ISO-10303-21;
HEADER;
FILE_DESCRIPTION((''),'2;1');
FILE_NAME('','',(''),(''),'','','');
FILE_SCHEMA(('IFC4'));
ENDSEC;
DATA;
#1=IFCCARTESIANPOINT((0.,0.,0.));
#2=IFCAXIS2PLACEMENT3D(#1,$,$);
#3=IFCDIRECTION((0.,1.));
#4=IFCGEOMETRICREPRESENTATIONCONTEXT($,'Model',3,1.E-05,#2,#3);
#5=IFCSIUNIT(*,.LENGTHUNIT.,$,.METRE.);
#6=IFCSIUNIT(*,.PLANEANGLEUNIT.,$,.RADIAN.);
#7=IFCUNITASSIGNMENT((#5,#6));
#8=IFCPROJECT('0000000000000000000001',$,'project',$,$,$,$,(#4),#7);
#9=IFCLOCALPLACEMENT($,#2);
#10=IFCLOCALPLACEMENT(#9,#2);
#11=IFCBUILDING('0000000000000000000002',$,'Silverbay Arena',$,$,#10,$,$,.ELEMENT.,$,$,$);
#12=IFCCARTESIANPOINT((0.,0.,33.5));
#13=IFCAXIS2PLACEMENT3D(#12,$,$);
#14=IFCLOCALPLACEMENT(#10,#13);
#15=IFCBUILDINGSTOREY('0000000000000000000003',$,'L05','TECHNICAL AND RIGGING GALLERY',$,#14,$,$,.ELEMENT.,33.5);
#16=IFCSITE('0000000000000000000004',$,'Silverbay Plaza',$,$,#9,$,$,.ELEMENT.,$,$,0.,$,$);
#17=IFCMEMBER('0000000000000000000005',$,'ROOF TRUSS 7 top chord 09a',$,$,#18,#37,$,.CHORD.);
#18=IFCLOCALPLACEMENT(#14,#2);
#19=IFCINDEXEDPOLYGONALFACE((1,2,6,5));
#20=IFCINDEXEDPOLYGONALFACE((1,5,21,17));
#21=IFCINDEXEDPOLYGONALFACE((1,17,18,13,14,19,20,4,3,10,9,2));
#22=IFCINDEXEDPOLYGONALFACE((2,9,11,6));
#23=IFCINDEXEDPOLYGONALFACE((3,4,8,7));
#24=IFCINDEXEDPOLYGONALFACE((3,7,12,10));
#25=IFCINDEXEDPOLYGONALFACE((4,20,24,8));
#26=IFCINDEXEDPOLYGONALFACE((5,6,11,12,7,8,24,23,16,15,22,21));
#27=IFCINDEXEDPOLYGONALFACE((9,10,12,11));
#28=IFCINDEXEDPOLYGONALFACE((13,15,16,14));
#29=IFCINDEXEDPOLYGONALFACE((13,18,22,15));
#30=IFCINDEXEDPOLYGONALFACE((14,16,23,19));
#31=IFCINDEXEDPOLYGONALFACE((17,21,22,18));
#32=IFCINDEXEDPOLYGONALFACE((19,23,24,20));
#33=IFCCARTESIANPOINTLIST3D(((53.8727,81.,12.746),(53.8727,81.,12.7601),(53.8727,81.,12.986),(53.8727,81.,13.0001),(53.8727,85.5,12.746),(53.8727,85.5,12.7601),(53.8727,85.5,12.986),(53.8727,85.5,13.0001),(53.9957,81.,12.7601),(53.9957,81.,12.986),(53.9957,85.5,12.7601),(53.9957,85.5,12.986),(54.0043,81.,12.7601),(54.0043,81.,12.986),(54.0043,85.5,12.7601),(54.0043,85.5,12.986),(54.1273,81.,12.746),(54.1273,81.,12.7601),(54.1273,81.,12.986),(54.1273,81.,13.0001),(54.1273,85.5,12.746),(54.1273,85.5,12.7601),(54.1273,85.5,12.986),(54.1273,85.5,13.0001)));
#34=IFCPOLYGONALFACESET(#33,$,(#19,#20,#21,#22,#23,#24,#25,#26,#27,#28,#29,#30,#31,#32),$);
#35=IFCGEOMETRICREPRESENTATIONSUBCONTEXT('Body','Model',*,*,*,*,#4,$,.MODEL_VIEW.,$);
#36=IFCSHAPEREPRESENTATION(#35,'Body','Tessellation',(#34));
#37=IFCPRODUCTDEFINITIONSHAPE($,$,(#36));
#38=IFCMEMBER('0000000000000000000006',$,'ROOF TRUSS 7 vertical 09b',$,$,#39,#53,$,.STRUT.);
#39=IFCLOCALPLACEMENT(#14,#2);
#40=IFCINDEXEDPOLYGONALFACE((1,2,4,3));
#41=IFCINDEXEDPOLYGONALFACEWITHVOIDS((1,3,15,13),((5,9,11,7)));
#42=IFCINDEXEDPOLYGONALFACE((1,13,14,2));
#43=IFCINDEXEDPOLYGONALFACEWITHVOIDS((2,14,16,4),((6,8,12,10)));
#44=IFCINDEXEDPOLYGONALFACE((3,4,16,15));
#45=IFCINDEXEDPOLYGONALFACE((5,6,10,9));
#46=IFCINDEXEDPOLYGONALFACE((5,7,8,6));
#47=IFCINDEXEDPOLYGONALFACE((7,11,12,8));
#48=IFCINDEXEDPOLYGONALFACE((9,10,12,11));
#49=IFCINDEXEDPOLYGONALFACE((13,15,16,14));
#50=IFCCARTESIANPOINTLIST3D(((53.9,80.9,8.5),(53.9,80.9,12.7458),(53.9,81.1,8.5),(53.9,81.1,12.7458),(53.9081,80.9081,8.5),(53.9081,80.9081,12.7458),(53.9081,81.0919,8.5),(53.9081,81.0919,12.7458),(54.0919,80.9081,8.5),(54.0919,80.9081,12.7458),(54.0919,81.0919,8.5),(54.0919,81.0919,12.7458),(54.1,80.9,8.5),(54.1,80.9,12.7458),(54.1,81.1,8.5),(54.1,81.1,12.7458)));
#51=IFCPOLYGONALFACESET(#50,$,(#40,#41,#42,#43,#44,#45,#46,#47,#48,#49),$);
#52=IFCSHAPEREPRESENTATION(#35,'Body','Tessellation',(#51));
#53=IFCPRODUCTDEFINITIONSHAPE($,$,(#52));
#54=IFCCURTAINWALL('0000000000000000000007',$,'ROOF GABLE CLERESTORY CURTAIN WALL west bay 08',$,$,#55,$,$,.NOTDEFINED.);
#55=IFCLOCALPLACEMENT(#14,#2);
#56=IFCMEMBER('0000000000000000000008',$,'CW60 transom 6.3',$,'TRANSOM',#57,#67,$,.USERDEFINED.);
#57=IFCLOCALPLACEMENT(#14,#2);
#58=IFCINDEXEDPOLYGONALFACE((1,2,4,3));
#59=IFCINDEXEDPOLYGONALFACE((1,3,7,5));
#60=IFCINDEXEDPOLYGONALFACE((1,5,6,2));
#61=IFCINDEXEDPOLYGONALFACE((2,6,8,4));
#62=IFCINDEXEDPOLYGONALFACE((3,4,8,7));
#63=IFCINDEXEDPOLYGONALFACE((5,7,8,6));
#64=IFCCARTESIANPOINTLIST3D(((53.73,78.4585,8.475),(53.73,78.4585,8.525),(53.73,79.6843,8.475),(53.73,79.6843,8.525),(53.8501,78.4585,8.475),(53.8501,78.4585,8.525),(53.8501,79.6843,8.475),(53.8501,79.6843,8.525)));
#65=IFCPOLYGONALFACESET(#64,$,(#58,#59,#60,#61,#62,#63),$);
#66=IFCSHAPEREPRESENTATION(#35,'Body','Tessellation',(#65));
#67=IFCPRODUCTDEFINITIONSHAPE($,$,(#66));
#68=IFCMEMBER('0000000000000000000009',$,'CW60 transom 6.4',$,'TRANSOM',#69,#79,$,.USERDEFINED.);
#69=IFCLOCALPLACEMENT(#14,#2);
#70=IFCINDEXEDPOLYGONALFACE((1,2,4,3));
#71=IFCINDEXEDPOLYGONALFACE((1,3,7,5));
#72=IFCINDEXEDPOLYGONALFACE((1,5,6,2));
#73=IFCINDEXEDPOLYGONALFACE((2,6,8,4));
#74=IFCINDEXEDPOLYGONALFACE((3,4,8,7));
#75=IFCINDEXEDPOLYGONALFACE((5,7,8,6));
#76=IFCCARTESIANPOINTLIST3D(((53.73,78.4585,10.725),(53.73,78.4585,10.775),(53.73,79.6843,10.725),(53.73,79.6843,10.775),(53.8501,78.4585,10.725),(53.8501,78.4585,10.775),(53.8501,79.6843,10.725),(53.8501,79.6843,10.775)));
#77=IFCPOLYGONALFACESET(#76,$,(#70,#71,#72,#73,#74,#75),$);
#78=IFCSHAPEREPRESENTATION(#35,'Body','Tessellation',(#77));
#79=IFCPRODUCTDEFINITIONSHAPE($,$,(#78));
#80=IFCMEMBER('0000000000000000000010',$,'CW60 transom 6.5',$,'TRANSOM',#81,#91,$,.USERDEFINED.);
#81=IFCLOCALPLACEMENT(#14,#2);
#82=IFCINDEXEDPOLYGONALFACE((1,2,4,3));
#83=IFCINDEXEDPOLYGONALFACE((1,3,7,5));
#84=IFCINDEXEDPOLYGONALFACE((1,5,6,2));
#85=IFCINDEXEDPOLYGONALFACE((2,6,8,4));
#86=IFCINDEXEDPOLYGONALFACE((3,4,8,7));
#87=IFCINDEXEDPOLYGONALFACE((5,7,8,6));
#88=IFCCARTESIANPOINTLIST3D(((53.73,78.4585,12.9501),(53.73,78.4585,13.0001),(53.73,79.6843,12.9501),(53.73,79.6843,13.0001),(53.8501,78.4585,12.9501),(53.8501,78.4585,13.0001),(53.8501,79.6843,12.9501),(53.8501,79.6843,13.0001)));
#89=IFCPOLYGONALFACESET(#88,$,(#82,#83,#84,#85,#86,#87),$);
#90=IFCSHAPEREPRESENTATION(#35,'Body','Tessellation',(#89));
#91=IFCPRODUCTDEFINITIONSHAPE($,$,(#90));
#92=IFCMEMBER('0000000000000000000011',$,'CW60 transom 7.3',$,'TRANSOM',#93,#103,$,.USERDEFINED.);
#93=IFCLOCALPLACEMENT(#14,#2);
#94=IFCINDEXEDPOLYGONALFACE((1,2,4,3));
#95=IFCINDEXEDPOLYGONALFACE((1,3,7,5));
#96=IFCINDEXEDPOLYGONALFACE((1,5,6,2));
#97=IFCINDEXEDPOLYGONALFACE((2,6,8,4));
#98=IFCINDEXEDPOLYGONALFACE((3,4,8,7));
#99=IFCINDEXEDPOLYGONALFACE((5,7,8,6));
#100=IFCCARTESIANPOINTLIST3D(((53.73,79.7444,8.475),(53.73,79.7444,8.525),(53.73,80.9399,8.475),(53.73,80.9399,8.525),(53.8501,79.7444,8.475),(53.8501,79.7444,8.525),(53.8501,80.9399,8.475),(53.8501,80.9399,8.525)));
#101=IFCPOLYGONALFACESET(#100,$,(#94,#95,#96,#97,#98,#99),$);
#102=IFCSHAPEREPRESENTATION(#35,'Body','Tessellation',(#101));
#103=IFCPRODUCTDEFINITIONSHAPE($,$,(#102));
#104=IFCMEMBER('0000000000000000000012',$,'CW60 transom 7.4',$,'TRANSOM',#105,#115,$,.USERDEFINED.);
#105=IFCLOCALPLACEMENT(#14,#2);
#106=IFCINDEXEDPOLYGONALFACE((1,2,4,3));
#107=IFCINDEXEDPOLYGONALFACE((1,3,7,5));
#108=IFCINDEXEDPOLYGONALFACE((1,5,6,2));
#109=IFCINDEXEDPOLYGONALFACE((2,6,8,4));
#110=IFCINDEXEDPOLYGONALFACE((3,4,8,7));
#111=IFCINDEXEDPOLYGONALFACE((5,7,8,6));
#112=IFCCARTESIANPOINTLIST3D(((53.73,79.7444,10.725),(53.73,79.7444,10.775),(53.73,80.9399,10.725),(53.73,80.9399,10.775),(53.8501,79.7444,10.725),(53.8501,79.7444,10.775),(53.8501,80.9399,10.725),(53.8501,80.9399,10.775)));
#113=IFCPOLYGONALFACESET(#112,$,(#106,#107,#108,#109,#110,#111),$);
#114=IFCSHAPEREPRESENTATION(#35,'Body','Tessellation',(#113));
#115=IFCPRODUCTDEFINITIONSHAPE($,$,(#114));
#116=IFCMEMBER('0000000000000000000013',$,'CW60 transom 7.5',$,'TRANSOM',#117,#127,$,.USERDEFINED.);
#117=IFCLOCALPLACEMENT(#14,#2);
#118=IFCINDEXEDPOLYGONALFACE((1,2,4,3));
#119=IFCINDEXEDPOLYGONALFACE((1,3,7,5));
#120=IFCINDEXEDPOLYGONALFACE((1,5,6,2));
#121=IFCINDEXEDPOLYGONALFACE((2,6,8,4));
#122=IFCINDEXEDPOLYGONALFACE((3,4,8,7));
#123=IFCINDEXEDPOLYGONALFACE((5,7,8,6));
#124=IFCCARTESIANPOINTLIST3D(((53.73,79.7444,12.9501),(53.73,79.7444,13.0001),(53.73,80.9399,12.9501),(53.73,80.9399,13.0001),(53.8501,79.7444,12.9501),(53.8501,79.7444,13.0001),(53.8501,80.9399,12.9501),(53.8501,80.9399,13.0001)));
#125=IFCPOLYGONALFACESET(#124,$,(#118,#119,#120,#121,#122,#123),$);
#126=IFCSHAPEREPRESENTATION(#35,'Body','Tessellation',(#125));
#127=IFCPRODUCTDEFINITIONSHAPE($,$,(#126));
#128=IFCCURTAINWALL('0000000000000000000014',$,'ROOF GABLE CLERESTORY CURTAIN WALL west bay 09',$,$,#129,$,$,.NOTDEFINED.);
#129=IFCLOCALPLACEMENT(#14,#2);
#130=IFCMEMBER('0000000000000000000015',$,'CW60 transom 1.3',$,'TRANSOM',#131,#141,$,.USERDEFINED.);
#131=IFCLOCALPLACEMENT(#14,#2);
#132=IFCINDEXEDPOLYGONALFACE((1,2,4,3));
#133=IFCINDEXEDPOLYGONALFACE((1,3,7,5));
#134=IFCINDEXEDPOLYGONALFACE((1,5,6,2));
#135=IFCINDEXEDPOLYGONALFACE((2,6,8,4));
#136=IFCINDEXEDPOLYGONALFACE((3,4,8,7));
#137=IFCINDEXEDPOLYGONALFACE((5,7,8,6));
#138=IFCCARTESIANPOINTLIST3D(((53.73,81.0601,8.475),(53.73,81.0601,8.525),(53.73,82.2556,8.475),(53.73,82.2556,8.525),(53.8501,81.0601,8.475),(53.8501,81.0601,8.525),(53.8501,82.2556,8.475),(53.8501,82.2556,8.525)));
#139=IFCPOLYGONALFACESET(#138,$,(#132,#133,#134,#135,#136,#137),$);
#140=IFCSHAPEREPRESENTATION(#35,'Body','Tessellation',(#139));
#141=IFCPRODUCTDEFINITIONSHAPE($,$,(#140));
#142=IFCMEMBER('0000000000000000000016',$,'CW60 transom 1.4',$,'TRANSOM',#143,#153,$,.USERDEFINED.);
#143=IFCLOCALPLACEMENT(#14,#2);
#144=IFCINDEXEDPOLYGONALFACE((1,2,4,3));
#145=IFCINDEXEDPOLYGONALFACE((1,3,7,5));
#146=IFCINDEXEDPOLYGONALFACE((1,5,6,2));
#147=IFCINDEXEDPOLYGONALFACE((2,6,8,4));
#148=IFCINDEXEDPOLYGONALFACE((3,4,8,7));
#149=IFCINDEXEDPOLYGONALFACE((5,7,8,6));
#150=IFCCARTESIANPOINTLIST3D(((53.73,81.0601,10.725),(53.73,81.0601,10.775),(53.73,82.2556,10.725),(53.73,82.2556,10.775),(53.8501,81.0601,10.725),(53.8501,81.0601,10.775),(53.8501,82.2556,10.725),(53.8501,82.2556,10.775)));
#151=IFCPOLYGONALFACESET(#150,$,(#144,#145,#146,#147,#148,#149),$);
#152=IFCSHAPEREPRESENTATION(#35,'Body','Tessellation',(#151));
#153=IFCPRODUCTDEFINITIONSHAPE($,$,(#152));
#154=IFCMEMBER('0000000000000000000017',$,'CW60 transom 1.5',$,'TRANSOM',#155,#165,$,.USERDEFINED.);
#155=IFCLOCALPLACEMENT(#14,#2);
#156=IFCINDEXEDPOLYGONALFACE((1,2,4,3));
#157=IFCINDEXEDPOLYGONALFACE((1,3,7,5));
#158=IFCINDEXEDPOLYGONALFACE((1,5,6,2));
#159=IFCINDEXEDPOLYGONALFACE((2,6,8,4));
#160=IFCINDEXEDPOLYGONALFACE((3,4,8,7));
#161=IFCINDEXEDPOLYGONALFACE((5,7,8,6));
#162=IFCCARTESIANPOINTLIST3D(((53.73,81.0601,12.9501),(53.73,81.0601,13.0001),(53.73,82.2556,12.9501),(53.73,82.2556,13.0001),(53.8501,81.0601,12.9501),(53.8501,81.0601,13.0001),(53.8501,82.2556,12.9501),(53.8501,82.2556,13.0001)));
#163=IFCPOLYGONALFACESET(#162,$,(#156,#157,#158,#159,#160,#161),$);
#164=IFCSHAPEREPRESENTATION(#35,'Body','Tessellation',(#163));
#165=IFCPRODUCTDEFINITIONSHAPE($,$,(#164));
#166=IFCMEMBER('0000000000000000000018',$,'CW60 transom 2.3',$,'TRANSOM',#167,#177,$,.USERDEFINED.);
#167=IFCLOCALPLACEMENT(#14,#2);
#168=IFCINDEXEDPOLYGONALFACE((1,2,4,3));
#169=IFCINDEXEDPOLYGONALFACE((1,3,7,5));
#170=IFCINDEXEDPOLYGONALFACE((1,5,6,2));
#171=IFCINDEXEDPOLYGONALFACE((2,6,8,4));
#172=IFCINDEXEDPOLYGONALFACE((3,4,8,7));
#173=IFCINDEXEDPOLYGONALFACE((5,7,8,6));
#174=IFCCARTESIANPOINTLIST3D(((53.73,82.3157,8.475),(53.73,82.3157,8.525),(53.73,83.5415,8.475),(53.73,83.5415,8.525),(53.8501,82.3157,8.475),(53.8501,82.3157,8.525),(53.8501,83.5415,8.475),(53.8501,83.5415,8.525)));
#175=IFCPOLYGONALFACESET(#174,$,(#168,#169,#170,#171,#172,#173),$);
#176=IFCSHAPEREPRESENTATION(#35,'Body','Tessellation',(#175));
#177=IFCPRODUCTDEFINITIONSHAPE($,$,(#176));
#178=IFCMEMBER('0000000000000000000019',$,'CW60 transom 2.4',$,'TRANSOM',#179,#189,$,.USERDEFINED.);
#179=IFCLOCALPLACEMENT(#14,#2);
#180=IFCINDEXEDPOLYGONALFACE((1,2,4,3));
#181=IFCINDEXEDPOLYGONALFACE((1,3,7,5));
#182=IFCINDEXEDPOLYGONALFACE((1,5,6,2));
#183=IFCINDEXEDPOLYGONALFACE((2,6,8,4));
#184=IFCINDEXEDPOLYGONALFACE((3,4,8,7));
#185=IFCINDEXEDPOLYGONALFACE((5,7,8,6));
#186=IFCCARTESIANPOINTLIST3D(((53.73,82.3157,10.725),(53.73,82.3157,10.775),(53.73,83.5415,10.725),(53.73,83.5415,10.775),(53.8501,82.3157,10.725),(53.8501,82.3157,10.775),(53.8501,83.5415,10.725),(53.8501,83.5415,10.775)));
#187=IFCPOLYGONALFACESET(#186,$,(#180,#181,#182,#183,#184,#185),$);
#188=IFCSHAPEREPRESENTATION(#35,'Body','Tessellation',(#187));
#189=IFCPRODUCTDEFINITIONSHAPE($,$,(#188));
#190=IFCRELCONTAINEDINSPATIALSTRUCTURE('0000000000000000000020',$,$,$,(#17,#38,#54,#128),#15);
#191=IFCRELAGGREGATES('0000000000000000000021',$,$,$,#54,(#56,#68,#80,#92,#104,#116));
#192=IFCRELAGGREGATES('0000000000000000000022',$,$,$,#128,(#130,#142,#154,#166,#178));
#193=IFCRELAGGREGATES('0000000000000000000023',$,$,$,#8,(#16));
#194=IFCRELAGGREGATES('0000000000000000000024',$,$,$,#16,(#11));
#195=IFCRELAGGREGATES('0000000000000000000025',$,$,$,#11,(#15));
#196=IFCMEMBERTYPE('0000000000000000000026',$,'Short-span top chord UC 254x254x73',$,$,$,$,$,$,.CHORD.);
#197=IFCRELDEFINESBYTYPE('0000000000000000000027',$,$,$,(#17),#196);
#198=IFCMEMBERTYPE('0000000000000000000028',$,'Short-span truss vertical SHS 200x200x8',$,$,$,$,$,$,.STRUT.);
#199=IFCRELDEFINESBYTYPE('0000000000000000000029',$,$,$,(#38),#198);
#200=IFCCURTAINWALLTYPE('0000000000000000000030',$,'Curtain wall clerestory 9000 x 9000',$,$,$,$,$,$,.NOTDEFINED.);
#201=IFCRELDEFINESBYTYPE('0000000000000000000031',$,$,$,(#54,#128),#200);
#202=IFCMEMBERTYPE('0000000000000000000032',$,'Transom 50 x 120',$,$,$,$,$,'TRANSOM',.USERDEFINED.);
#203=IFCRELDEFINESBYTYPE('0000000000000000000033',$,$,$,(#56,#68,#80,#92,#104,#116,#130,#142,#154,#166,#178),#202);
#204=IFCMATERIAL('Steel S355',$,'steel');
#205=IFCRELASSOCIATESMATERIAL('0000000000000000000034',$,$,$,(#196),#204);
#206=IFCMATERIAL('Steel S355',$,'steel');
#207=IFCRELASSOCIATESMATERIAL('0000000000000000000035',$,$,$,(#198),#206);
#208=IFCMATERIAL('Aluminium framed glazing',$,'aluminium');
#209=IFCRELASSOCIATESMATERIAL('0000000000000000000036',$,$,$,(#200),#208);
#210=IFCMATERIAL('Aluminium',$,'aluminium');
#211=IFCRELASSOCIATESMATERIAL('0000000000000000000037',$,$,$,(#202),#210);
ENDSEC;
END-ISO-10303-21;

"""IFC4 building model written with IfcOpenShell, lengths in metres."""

from ifc_helpers import new_model, si_unit, direction, frame, origin, origin_2d, place, context, subcontext, project, spatial, rectangle, hollow_rectangle, i_section, extrude, material, material_profile, profile_set, type_object, element, aggregate, save


model = new_model("IFC4")

# Units and contexts
model_context = context("Model", 3, precision=1e-05, world=origin(), true_north=direction((0.0, 1.0)))
body_context = subcontext(model_context, "Body", "Model", "MODEL_VIEW")
ifc_project = project(units=[si_unit("LENGTHUNIT", "METRE"), si_unit("PLANEANGLEUNIT", "RADIAN")], contexts=[model_context])

# Site, building, storey
site_placement = place(None, origin())
site = spatial("IfcSite", under=ifc_project, at=site_placement, Name="Silverbay Plaza", CompositionType="ELEMENT", RefElevation=0.0)
building_placement = place(site_placement, origin())
building = spatial("IfcBuilding", under=site, at=building_placement, Name="Silverbay Arena", CompositionType="ELEMENT")
storey_placement = place(building_placement, frame((0.0, 0.0, 33.5)))
storey = spatial("IfcBuildingStorey", under=building, at=storey_placement, Name="L05", Description="TECHNICAL AND RIGGING GALLERY", CompositionType="ELEMENT", Elevation=33.5)

# Members
ifc_material_1 = material(Name="Steel S355", Category="steel")
ifc_material_profile_1 = material_profile(ifc_material_1, i_section(OverallWidth=0.2546, OverallDepth=0.2542, WebThickness=0.0085, FlangeThickness=0.0142, at=origin_2d()), Name="UC 254x254x73")
ifc_profile_set_1 = profile_set([ifc_material_profile_1], Name="Steel S355")
member_type_1 = type_object("IfcMemberType", Name="Short-span top chord UC 254x254x73", PredefinedType="CHORD", material=ifc_profile_set_1)
member_1_placement = place(storey_placement, frame((54.0, 81.0, 12.873), z_axis=(0.0, 1.0, 0.0), x_axis=(-1.0, 0.0, 0.0)))
element("IfcMember", 1, at=member_1_placement, inside=storey, type_object=member_type_1, Name="ROOF TRUSS 7 top chord 09a", PredefinedType="CHORD", context=body_context, shape_type="SweptSolid", body=[
    extrude(i_section(OverallWidth=0.2546, OverallDepth=0.2542, WebThickness=0.0085, FlangeThickness=0.0142, at=origin_2d()), origin(), (0.0, 0.0, 1.0), 4.5),
])
ifc_material_2 = material(Name="Steel S355", Category="steel")
ifc_material_profile_2 = material_profile(ifc_material_2, hollow_rectangle(XDim=0.2, YDim=0.2, WallThickness=0.0081, at=origin_2d()), Name="SHS 200x200x8")
ifc_profile_set_2 = profile_set([ifc_material_profile_2], Name="Steel S355")
member_type_2 = type_object("IfcMemberType", Name="Short-span truss vertical SHS 200x200x8", PredefinedType="STRUT", material=ifc_profile_set_2)
member_2_placement = place(storey_placement, frame((54.0, 81.0, 8.5), z_axis=(0.0, 0.0, 1.0), x_axis=(1.0, 0.0, 0.0)))
element("IfcMember", 2, at=member_2_placement, inside=storey, type_object=member_type_2, Name="ROOF TRUSS 7 vertical 09b", PredefinedType="STRUT", context=body_context, shape_type="SweptSolid", body=[
    extrude(hollow_rectangle(XDim=0.2, YDim=0.2, WallThickness=0.0081, at=origin_2d()), origin(), (0.0, 0.0, 1.0), 4.2458),
])

# Curtain walls, members
ifc_material_3 = material(Name="Aluminium framed glazing", Category="aluminium")
curtain_wall_type = type_object("IfcCurtainWallType", Name="Curtain wall clerestory 9000 x 9000", PredefinedType="NOTDEFINED", material=ifc_material_3)
curtain_wall_1_placement = place(storey_placement, origin())
curtain_wall_1 = element("IfcCurtainWall", 3, at=curtain_wall_1_placement, inside=storey, type_object=curtain_wall_type, Name="ROOF GABLE CLERESTORY CURTAIN WALL west bay 08", PredefinedType="NOTDEFINED")
ifc_material_4 = material(Name="Aluminium", Category="aluminium")
ifc_material_profile_3 = material_profile(ifc_material_4, rectangle(XDim=0.1201, YDim=0.05, at=origin_2d()), Name="Transom 50 x 120")
ifc_profile_set_3 = profile_set([ifc_material_profile_3], Name="Aluminium")
member_type_3 = type_object("IfcMemberType", Name="Transom 50 x 120", ElementType="TRANSOM", PredefinedType="USERDEFINED", material=ifc_profile_set_3)
member_3_placement = place(storey_placement, frame((53.79, 78.4585, 8.5), z_axis=(0.0, 1.0, 0.0), x_axis=(-1.0, 0.0, 0.0)))
member_3 = element("IfcMember", 4, at=member_3_placement, type_object=member_type_3, Name="CW60 transom 6.3", ObjectType="TRANSOM", PredefinedType="USERDEFINED", context=body_context, shape_type="SweptSolid", body=[
    extrude(rectangle(XDim=0.1201, YDim=0.05, at=origin_2d()), origin(), (0.0, 0.0, 1.0), 1.2258),
])
member_4_placement = place(storey_placement, frame((53.79, 78.4585, 10.75), z_axis=(0.0, 1.0, 0.0), x_axis=(-1.0, 0.0, 0.0)))
member_4 = element("IfcMember", 5, at=member_4_placement, type_object=member_type_3, Name="CW60 transom 6.4", ObjectType="TRANSOM", PredefinedType="USERDEFINED", context=body_context, shape_type="SweptSolid", body=[
    extrude(rectangle(XDim=0.1201, YDim=0.05, at=origin_2d()), origin(), (0.0, 0.0, 1.0), 1.2258),
])
member_5_placement = place(storey_placement, frame((53.79, 78.4585, 12.9751), z_axis=(0.0, 1.0, 0.0), x_axis=(-1.0, 0.0, 0.0)))
member_5 = element("IfcMember", 6, at=member_5_placement, type_object=member_type_3, Name="CW60 transom 6.5", ObjectType="TRANSOM", PredefinedType="USERDEFINED", context=body_context, shape_type="SweptSolid", body=[
    extrude(rectangle(XDim=0.1201, YDim=0.05, at=origin_2d()), origin(), (0.0, 0.0, 1.0), 1.2258),
])
member_6_placement = place(storey_placement, frame((53.79, 79.7444, 8.5), z_axis=(0.0, 1.0, 0.0), x_axis=(-1.0, 0.0, 0.0)))
member_6 = element("IfcMember", 7, at=member_6_placement, type_object=member_type_3, Name="CW60 transom 7.3", ObjectType="TRANSOM", PredefinedType="USERDEFINED", context=body_context, shape_type="SweptSolid", body=[
    extrude(rectangle(XDim=0.1201, YDim=0.05, at=origin_2d()), origin(), (0.0, 0.0, 1.0), 1.1956),
])
member_7_placement = place(storey_placement, frame((53.79, 79.7444, 10.75), z_axis=(0.0, 1.0, 0.0), x_axis=(-1.0, 0.0, 0.0)))
member_7 = element("IfcMember", 8, at=member_7_placement, type_object=member_type_3, Name="CW60 transom 7.4", ObjectType="TRANSOM", PredefinedType="USERDEFINED", context=body_context, shape_type="SweptSolid", body=[
    extrude(rectangle(XDim=0.1201, YDim=0.05, at=origin_2d()), origin(), (0.0, 0.0, 1.0), 1.1956),
])
member_8_placement = place(storey_placement, frame((53.79, 79.7444, 12.9751), z_axis=(0.0, 1.0, 0.0), x_axis=(-1.0, 0.0, 0.0)))
member_8 = element("IfcMember", 9, at=member_8_placement, type_object=member_type_3, Name="CW60 transom 7.5", ObjectType="TRANSOM", PredefinedType="USERDEFINED", context=body_context, shape_type="SweptSolid", body=[
    extrude(rectangle(XDim=0.1201, YDim=0.05, at=origin_2d()), origin(), (0.0, 0.0, 1.0), 1.1956),
])
curtain_wall_2_placement = place(storey_placement, origin())
curtain_wall_2 = element("IfcCurtainWall", 10, at=curtain_wall_2_placement, inside=storey, type_object=curtain_wall_type, Name="ROOF GABLE CLERESTORY CURTAIN WALL west bay 09", PredefinedType="NOTDEFINED")
member_9_placement = place(storey_placement, frame((53.79, 81.0601, 8.5), z_axis=(0.0, 1.0, 0.0), x_axis=(-1.0, 0.0, 0.0)))
member_9 = element("IfcMember", 11, at=member_9_placement, type_object=member_type_3, Name="CW60 transom 1.3", ObjectType="TRANSOM", PredefinedType="USERDEFINED", context=body_context, shape_type="SweptSolid", body=[
    extrude(rectangle(XDim=0.1201, YDim=0.05, at=origin_2d()), origin(), (0.0, 0.0, 1.0), 1.1956),
])
member_10_placement = place(storey_placement, frame((53.79, 81.0601, 10.75), z_axis=(0.0, 1.0, 0.0), x_axis=(-1.0, 0.0, 0.0)))
member_10 = element("IfcMember", 12, at=member_10_placement, type_object=member_type_3, Name="CW60 transom 1.4", ObjectType="TRANSOM", PredefinedType="USERDEFINED", context=body_context, shape_type="SweptSolid", body=[
    extrude(rectangle(XDim=0.1201, YDim=0.05, at=origin_2d()), origin(), (0.0, 0.0, 1.0), 1.1956),
])
member_11_placement = place(storey_placement, frame((53.79, 81.0601, 12.9751), z_axis=(0.0, 1.0, 0.0), x_axis=(-1.0, 0.0, 0.0)))
member_11 = element("IfcMember", 13, at=member_11_placement, type_object=member_type_3, Name="CW60 transom 1.5", ObjectType="TRANSOM", PredefinedType="USERDEFINED", context=body_context, shape_type="SweptSolid", body=[
    extrude(rectangle(XDim=0.1201, YDim=0.05, at=origin_2d()), origin(), (0.0, 0.0, 1.0), 1.1956),
])
member_12_placement = place(storey_placement, frame((53.79, 82.3157, 8.5), z_axis=(0.0, 1.0, 0.0), x_axis=(-1.0, 0.0, 0.0)))
member_12 = element("IfcMember", 14, at=member_12_placement, type_object=member_type_3, Name="CW60 transom 2.3", ObjectType="TRANSOM", PredefinedType="USERDEFINED", context=body_context, shape_type="SweptSolid", body=[
    extrude(rectangle(XDim=0.1201, YDim=0.05, at=origin_2d()), origin(), (0.0, 0.0, 1.0), 1.2258),
])
member_13_placement = place(storey_placement, frame((53.79, 82.3157, 10.75), z_axis=(0.0, 1.0, 0.0), x_axis=(-1.0, 0.0, 0.0)))
member_13 = element("IfcMember", 15, at=member_13_placement, type_object=member_type_3, Name="CW60 transom 2.4", ObjectType="TRANSOM", PredefinedType="USERDEFINED", context=body_context, shape_type="SweptSolid", body=[
    extrude(rectangle(XDim=0.1201, YDim=0.05, at=origin_2d()), origin(), (0.0, 0.0, 1.0), 1.2258),
])

aggregate(curtain_wall_1, [member_3, member_4, member_5, member_6, member_7, member_8])
aggregate(curtain_wall_2, [member_9, member_10, member_11, member_12, member_13])

save(model, "model.ifc")
